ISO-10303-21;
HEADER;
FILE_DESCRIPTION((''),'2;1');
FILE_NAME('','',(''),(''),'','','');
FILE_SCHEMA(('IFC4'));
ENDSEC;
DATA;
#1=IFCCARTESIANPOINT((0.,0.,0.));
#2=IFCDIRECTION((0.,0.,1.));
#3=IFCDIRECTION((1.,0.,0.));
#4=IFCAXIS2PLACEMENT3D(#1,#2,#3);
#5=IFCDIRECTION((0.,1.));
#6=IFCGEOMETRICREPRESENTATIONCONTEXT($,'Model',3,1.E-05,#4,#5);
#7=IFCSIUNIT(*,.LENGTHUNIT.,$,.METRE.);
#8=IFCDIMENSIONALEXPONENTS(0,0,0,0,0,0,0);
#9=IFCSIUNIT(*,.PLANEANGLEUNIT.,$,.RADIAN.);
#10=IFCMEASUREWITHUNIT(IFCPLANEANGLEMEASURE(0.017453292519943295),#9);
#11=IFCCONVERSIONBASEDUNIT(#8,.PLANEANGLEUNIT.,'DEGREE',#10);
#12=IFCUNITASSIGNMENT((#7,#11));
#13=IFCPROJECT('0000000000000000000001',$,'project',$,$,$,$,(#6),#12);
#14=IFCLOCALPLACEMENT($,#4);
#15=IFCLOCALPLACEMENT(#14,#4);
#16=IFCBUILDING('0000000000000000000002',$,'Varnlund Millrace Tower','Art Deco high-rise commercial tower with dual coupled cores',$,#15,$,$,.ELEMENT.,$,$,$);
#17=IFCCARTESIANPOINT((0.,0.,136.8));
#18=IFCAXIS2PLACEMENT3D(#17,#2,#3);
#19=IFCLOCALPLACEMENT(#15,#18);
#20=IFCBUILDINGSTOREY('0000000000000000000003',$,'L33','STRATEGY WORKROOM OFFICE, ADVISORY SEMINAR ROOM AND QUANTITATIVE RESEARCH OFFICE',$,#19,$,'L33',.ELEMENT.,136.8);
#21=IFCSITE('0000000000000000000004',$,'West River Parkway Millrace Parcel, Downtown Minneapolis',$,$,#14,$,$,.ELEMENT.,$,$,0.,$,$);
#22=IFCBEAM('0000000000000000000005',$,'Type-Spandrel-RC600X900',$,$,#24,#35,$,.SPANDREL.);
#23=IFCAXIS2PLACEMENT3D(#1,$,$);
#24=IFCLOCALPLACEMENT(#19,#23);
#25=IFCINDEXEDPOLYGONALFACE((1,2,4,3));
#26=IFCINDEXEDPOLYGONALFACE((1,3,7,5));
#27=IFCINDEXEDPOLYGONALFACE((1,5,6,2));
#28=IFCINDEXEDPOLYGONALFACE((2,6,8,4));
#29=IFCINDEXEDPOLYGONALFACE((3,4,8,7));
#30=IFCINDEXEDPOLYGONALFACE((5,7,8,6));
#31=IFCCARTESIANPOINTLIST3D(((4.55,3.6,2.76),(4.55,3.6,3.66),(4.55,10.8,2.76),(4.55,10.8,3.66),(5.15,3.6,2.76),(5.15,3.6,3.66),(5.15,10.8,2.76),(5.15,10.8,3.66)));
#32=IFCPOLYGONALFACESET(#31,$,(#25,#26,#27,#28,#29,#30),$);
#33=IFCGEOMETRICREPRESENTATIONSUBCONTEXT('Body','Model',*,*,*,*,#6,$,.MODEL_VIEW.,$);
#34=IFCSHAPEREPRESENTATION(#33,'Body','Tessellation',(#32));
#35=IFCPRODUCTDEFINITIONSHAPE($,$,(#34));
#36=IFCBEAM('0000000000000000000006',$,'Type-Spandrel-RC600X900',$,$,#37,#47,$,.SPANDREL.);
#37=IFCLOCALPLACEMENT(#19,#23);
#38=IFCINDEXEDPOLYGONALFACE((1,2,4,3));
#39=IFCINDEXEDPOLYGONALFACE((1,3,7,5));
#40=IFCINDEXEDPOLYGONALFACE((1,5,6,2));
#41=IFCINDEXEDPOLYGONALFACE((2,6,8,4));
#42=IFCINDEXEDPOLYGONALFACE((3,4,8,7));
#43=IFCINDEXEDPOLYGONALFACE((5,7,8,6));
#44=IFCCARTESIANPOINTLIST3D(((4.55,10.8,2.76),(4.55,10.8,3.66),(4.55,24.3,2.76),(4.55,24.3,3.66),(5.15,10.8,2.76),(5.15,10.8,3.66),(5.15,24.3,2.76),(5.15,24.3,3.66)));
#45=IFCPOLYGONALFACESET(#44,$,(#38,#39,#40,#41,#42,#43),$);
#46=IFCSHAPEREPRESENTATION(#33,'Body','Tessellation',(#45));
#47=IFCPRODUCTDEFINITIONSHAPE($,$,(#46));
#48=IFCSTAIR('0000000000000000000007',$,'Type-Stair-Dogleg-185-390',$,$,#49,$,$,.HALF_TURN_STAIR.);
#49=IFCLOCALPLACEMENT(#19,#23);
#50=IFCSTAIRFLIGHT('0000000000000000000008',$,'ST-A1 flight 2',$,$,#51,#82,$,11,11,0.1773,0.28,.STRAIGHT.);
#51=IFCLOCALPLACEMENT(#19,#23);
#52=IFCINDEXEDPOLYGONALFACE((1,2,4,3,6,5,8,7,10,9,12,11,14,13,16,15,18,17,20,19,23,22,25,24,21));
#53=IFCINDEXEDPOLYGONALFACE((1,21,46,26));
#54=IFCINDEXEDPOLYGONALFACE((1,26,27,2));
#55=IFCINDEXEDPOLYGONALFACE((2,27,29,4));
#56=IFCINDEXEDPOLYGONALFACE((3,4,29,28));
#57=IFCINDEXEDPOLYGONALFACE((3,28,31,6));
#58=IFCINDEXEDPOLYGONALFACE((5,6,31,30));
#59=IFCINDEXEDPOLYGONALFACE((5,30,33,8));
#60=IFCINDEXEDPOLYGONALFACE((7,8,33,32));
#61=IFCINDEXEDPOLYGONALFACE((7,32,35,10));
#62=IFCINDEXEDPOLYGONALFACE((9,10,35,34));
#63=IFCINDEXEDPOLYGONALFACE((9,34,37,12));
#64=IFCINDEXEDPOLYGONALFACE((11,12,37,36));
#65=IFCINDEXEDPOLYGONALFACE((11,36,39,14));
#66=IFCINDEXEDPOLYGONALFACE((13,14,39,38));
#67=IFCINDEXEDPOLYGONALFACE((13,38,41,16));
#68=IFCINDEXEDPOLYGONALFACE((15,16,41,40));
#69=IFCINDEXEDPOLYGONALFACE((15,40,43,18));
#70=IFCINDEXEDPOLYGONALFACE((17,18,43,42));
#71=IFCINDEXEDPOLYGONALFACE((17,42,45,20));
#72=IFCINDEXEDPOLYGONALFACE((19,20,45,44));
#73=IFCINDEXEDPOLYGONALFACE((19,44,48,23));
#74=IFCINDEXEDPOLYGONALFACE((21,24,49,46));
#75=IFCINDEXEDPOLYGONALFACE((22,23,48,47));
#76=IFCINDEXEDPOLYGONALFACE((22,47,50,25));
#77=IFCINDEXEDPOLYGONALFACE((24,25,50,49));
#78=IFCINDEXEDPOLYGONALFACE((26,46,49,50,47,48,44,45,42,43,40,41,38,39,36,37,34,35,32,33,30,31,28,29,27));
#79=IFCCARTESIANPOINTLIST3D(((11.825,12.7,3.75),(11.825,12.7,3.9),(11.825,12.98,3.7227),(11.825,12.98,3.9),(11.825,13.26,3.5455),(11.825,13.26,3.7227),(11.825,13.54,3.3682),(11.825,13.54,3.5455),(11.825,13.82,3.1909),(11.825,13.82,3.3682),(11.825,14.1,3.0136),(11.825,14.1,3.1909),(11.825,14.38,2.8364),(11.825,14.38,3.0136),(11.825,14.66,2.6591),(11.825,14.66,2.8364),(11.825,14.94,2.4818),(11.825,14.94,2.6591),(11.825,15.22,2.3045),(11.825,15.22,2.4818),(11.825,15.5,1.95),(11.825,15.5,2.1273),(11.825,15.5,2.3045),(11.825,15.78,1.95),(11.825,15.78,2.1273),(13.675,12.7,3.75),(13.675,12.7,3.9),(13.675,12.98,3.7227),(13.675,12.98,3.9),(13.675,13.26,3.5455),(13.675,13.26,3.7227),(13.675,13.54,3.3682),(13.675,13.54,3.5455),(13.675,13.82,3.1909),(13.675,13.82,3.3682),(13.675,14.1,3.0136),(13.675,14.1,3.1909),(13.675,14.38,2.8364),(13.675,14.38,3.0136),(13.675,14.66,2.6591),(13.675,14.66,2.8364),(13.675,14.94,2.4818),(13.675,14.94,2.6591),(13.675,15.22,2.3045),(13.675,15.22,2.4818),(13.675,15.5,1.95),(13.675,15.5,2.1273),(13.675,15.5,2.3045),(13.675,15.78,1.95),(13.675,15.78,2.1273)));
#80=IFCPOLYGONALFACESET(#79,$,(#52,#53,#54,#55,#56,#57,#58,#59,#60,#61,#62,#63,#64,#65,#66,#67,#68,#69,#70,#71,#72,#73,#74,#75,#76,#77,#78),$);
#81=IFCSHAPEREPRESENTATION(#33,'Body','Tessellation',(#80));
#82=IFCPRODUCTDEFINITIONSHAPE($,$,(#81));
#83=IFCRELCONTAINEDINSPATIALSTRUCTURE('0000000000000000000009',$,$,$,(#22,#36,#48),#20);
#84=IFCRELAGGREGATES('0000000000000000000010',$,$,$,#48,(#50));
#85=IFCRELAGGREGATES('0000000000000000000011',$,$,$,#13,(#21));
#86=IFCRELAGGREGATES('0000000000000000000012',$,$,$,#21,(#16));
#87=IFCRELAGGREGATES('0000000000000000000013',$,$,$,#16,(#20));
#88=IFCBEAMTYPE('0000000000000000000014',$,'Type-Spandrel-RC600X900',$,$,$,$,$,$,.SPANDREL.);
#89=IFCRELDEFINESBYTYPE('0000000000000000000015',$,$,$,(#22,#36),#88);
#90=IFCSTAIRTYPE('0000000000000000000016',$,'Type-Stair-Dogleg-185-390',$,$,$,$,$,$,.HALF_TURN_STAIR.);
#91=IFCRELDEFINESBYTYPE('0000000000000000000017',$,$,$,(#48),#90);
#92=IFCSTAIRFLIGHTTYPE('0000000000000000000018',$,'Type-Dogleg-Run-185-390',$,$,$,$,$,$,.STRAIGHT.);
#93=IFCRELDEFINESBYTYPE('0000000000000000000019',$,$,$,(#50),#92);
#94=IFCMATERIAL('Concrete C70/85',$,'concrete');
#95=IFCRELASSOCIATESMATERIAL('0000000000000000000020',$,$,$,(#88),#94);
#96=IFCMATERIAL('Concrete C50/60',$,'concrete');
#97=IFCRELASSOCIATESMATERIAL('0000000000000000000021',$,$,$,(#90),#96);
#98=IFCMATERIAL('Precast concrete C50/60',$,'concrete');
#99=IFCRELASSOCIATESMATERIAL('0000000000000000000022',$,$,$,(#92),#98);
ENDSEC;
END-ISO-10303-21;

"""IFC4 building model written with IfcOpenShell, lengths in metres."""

from ifc_helpers import new_model, entity, si_unit, converted_unit, direction, frame, origin_with_axes, origin_2d_with_axis, place, context, subcontext, project, spatial, polyline, rectangle, outline, extrude, material, material_profile, profile_set, type_object, element, aggregate, save


model = new_model("IFC4")

# Units and contexts
model_context = context("Model", 3, precision=1e-05, world=origin_with_axes(), true_north=direction((0.0, 1.0)))
body_context = subcontext(model_context, "Body", "Model", "MODEL_VIEW")
ifc_project = project(units=[si_unit("LENGTHUNIT", "METRE"), converted_unit("PLANEANGLEUNIT", "DEGREE", entity("IfcPlaneAngleMeasure", 0.017453292519943295), si_unit("PLANEANGLEUNIT", "RADIAN"), dimensions=[0, 0, 0, 0, 0, 0, 0])], contexts=[model_context])

# Site, building, storey
site_placement = place(None, origin_with_axes())
site = spatial("IfcSite", under=ifc_project, at=site_placement, Name="West River Parkway Millrace Parcel, Downtown Minneapolis", CompositionType="ELEMENT", RefElevation=0.0)
building_placement = place(site_placement, origin_with_axes())
building = spatial("IfcBuilding", under=site, at=building_placement, Name="Varnlund Millrace Tower", Description="Art Deco high-rise commercial tower with dual coupled cores", CompositionType="ELEMENT")
storey_placement = place(building_placement, frame((0.0, 0.0, 136.8), z_axis=(0.0, 0.0, 1.0), x_axis=(1.0, 0.0, 0.0)))
storey = spatial("IfcBuildingStorey", under=building, at=storey_placement, Name="L33", Description="STRATEGY WORKROOM OFFICE, ADVISORY SEMINAR ROOM AND QUANTITATIVE RESEARCH OFFICE", LongName="L33", CompositionType="ELEMENT", Elevation=136.8)

# Beams
ifc_material_1 = material(Name="Concrete C70/85", Category="concrete")
ifc_material_profile_1 = material_profile(ifc_material_1, rectangle(XDim=0.6, YDim=0.9, at=origin_2d_with_axis()), Name="Concrete C70/85")
ifc_profile_set_1 = profile_set([ifc_material_profile_1], Name="Concrete C70/85")
beam_type_1 = type_object("IfcBeamType", Name="Type-Spandrel-RC600X900", PredefinedType="SPANDREL", material=ifc_profile_set_1)
beam_1_placement = place(storey_placement, frame((4.85, 3.6, 3.21), z_axis=(0.0, 1.0, 0.0), x_axis=(-1.0, 0.0, 0.0)))
element("IfcBeam", 1, at=beam_1_placement, inside=storey, type_object=beam_type_1, Name="Type-Spandrel-RC600X900", PredefinedType="SPANDREL", context=body_context, shape_type="SweptSolid", body=[
    extrude(rectangle(XDim=0.6, YDim=0.9, at=origin_2d_with_axis()), origin_with_axes(), (0.0, 0.0, 1.0), 7.2),
])
beam_2_placement = place(storey_placement, frame((4.85, 10.8, 3.21), z_axis=(0.0, 1.0, 0.0), x_axis=(-1.0, 0.0, 0.0)))
element("IfcBeam", 2, at=beam_2_placement, inside=storey, type_object=beam_type_1, Name="Type-Spandrel-RC600X900", PredefinedType="SPANDREL", context=body_context, shape_type="SweptSolid", body=[
    extrude(rectangle(XDim=0.6, YDim=0.9, at=origin_2d_with_axis()), origin_with_axes(), (0.0, 0.0, 1.0), 13.5),
])

# Stair, stair flight
ifc_material_2 = material(Name="Concrete C50/60", Category="concrete")
stair_type = type_object("IfcStairType", Name="Type-Stair-Dogleg-185-390", PredefinedType="HALF_TURN_STAIR", material=ifc_material_2)
stair_placement = place(storey_placement, origin_with_axes())
stair = element("IfcStair", 3, at=stair_placement, inside=storey, type_object=stair_type, Name="Type-Stair-Dogleg-185-390", PredefinedType="HALF_TURN_STAIR")
ifc_material_3 = material(Name="Precast concrete C50/60", Category="concrete")
stair_flight_type = type_object("IfcStairFlightType", Name="Type-Dogleg-Run-185-390", PredefinedType="STRAIGHT", material=ifc_material_3)
stair_flight_placement = place(storey_placement, frame((13.675, 15.78, 1.95), z_axis=(-1.0, 0.0, 0.0), x_axis=(0.0, -1.0, 0.0)))
stair_flight = element("IfcStairFlight", 4, at=stair_flight_placement, type_object=stair_flight_type, Name="ST-A1 flight 2", NumberOfRisers=11, NumberOfTreads=11, PredefinedType="STRAIGHT", RiserHeight=0.1773, TreadLength=0.28, context=body_context, shape_type="SweptSolid", body=[
    extrude(outline(polyline([(0.0, 0.0), (0.0, 0.1773), (0.28, 0.1773), (0.28, 0.3545), (0.56, 0.3545), (0.56, 0.5318), (0.84, 0.5318), (0.84, 0.7091), (1.12, 0.7091), (1.12, 0.8864), (1.4, 0.8864), (1.4, 1.0636), (1.68, 1.0636), (1.68, 1.2409), (1.96, 1.2409), (1.96, 1.4182), (2.24, 1.4182), (2.24, 1.5955), (2.52, 1.5955), (2.52, 1.7727), (2.8, 1.7727), (2.8, 1.95), (3.08, 1.95), (3.08, 1.8), (0.28, 0.0), (0.0, 0.0)])), origin_with_axes(), (0.0, 0.0, 1.0), 1.85),
])
aggregate(stair, [stair_flight])

save(model, "model.ifc")
